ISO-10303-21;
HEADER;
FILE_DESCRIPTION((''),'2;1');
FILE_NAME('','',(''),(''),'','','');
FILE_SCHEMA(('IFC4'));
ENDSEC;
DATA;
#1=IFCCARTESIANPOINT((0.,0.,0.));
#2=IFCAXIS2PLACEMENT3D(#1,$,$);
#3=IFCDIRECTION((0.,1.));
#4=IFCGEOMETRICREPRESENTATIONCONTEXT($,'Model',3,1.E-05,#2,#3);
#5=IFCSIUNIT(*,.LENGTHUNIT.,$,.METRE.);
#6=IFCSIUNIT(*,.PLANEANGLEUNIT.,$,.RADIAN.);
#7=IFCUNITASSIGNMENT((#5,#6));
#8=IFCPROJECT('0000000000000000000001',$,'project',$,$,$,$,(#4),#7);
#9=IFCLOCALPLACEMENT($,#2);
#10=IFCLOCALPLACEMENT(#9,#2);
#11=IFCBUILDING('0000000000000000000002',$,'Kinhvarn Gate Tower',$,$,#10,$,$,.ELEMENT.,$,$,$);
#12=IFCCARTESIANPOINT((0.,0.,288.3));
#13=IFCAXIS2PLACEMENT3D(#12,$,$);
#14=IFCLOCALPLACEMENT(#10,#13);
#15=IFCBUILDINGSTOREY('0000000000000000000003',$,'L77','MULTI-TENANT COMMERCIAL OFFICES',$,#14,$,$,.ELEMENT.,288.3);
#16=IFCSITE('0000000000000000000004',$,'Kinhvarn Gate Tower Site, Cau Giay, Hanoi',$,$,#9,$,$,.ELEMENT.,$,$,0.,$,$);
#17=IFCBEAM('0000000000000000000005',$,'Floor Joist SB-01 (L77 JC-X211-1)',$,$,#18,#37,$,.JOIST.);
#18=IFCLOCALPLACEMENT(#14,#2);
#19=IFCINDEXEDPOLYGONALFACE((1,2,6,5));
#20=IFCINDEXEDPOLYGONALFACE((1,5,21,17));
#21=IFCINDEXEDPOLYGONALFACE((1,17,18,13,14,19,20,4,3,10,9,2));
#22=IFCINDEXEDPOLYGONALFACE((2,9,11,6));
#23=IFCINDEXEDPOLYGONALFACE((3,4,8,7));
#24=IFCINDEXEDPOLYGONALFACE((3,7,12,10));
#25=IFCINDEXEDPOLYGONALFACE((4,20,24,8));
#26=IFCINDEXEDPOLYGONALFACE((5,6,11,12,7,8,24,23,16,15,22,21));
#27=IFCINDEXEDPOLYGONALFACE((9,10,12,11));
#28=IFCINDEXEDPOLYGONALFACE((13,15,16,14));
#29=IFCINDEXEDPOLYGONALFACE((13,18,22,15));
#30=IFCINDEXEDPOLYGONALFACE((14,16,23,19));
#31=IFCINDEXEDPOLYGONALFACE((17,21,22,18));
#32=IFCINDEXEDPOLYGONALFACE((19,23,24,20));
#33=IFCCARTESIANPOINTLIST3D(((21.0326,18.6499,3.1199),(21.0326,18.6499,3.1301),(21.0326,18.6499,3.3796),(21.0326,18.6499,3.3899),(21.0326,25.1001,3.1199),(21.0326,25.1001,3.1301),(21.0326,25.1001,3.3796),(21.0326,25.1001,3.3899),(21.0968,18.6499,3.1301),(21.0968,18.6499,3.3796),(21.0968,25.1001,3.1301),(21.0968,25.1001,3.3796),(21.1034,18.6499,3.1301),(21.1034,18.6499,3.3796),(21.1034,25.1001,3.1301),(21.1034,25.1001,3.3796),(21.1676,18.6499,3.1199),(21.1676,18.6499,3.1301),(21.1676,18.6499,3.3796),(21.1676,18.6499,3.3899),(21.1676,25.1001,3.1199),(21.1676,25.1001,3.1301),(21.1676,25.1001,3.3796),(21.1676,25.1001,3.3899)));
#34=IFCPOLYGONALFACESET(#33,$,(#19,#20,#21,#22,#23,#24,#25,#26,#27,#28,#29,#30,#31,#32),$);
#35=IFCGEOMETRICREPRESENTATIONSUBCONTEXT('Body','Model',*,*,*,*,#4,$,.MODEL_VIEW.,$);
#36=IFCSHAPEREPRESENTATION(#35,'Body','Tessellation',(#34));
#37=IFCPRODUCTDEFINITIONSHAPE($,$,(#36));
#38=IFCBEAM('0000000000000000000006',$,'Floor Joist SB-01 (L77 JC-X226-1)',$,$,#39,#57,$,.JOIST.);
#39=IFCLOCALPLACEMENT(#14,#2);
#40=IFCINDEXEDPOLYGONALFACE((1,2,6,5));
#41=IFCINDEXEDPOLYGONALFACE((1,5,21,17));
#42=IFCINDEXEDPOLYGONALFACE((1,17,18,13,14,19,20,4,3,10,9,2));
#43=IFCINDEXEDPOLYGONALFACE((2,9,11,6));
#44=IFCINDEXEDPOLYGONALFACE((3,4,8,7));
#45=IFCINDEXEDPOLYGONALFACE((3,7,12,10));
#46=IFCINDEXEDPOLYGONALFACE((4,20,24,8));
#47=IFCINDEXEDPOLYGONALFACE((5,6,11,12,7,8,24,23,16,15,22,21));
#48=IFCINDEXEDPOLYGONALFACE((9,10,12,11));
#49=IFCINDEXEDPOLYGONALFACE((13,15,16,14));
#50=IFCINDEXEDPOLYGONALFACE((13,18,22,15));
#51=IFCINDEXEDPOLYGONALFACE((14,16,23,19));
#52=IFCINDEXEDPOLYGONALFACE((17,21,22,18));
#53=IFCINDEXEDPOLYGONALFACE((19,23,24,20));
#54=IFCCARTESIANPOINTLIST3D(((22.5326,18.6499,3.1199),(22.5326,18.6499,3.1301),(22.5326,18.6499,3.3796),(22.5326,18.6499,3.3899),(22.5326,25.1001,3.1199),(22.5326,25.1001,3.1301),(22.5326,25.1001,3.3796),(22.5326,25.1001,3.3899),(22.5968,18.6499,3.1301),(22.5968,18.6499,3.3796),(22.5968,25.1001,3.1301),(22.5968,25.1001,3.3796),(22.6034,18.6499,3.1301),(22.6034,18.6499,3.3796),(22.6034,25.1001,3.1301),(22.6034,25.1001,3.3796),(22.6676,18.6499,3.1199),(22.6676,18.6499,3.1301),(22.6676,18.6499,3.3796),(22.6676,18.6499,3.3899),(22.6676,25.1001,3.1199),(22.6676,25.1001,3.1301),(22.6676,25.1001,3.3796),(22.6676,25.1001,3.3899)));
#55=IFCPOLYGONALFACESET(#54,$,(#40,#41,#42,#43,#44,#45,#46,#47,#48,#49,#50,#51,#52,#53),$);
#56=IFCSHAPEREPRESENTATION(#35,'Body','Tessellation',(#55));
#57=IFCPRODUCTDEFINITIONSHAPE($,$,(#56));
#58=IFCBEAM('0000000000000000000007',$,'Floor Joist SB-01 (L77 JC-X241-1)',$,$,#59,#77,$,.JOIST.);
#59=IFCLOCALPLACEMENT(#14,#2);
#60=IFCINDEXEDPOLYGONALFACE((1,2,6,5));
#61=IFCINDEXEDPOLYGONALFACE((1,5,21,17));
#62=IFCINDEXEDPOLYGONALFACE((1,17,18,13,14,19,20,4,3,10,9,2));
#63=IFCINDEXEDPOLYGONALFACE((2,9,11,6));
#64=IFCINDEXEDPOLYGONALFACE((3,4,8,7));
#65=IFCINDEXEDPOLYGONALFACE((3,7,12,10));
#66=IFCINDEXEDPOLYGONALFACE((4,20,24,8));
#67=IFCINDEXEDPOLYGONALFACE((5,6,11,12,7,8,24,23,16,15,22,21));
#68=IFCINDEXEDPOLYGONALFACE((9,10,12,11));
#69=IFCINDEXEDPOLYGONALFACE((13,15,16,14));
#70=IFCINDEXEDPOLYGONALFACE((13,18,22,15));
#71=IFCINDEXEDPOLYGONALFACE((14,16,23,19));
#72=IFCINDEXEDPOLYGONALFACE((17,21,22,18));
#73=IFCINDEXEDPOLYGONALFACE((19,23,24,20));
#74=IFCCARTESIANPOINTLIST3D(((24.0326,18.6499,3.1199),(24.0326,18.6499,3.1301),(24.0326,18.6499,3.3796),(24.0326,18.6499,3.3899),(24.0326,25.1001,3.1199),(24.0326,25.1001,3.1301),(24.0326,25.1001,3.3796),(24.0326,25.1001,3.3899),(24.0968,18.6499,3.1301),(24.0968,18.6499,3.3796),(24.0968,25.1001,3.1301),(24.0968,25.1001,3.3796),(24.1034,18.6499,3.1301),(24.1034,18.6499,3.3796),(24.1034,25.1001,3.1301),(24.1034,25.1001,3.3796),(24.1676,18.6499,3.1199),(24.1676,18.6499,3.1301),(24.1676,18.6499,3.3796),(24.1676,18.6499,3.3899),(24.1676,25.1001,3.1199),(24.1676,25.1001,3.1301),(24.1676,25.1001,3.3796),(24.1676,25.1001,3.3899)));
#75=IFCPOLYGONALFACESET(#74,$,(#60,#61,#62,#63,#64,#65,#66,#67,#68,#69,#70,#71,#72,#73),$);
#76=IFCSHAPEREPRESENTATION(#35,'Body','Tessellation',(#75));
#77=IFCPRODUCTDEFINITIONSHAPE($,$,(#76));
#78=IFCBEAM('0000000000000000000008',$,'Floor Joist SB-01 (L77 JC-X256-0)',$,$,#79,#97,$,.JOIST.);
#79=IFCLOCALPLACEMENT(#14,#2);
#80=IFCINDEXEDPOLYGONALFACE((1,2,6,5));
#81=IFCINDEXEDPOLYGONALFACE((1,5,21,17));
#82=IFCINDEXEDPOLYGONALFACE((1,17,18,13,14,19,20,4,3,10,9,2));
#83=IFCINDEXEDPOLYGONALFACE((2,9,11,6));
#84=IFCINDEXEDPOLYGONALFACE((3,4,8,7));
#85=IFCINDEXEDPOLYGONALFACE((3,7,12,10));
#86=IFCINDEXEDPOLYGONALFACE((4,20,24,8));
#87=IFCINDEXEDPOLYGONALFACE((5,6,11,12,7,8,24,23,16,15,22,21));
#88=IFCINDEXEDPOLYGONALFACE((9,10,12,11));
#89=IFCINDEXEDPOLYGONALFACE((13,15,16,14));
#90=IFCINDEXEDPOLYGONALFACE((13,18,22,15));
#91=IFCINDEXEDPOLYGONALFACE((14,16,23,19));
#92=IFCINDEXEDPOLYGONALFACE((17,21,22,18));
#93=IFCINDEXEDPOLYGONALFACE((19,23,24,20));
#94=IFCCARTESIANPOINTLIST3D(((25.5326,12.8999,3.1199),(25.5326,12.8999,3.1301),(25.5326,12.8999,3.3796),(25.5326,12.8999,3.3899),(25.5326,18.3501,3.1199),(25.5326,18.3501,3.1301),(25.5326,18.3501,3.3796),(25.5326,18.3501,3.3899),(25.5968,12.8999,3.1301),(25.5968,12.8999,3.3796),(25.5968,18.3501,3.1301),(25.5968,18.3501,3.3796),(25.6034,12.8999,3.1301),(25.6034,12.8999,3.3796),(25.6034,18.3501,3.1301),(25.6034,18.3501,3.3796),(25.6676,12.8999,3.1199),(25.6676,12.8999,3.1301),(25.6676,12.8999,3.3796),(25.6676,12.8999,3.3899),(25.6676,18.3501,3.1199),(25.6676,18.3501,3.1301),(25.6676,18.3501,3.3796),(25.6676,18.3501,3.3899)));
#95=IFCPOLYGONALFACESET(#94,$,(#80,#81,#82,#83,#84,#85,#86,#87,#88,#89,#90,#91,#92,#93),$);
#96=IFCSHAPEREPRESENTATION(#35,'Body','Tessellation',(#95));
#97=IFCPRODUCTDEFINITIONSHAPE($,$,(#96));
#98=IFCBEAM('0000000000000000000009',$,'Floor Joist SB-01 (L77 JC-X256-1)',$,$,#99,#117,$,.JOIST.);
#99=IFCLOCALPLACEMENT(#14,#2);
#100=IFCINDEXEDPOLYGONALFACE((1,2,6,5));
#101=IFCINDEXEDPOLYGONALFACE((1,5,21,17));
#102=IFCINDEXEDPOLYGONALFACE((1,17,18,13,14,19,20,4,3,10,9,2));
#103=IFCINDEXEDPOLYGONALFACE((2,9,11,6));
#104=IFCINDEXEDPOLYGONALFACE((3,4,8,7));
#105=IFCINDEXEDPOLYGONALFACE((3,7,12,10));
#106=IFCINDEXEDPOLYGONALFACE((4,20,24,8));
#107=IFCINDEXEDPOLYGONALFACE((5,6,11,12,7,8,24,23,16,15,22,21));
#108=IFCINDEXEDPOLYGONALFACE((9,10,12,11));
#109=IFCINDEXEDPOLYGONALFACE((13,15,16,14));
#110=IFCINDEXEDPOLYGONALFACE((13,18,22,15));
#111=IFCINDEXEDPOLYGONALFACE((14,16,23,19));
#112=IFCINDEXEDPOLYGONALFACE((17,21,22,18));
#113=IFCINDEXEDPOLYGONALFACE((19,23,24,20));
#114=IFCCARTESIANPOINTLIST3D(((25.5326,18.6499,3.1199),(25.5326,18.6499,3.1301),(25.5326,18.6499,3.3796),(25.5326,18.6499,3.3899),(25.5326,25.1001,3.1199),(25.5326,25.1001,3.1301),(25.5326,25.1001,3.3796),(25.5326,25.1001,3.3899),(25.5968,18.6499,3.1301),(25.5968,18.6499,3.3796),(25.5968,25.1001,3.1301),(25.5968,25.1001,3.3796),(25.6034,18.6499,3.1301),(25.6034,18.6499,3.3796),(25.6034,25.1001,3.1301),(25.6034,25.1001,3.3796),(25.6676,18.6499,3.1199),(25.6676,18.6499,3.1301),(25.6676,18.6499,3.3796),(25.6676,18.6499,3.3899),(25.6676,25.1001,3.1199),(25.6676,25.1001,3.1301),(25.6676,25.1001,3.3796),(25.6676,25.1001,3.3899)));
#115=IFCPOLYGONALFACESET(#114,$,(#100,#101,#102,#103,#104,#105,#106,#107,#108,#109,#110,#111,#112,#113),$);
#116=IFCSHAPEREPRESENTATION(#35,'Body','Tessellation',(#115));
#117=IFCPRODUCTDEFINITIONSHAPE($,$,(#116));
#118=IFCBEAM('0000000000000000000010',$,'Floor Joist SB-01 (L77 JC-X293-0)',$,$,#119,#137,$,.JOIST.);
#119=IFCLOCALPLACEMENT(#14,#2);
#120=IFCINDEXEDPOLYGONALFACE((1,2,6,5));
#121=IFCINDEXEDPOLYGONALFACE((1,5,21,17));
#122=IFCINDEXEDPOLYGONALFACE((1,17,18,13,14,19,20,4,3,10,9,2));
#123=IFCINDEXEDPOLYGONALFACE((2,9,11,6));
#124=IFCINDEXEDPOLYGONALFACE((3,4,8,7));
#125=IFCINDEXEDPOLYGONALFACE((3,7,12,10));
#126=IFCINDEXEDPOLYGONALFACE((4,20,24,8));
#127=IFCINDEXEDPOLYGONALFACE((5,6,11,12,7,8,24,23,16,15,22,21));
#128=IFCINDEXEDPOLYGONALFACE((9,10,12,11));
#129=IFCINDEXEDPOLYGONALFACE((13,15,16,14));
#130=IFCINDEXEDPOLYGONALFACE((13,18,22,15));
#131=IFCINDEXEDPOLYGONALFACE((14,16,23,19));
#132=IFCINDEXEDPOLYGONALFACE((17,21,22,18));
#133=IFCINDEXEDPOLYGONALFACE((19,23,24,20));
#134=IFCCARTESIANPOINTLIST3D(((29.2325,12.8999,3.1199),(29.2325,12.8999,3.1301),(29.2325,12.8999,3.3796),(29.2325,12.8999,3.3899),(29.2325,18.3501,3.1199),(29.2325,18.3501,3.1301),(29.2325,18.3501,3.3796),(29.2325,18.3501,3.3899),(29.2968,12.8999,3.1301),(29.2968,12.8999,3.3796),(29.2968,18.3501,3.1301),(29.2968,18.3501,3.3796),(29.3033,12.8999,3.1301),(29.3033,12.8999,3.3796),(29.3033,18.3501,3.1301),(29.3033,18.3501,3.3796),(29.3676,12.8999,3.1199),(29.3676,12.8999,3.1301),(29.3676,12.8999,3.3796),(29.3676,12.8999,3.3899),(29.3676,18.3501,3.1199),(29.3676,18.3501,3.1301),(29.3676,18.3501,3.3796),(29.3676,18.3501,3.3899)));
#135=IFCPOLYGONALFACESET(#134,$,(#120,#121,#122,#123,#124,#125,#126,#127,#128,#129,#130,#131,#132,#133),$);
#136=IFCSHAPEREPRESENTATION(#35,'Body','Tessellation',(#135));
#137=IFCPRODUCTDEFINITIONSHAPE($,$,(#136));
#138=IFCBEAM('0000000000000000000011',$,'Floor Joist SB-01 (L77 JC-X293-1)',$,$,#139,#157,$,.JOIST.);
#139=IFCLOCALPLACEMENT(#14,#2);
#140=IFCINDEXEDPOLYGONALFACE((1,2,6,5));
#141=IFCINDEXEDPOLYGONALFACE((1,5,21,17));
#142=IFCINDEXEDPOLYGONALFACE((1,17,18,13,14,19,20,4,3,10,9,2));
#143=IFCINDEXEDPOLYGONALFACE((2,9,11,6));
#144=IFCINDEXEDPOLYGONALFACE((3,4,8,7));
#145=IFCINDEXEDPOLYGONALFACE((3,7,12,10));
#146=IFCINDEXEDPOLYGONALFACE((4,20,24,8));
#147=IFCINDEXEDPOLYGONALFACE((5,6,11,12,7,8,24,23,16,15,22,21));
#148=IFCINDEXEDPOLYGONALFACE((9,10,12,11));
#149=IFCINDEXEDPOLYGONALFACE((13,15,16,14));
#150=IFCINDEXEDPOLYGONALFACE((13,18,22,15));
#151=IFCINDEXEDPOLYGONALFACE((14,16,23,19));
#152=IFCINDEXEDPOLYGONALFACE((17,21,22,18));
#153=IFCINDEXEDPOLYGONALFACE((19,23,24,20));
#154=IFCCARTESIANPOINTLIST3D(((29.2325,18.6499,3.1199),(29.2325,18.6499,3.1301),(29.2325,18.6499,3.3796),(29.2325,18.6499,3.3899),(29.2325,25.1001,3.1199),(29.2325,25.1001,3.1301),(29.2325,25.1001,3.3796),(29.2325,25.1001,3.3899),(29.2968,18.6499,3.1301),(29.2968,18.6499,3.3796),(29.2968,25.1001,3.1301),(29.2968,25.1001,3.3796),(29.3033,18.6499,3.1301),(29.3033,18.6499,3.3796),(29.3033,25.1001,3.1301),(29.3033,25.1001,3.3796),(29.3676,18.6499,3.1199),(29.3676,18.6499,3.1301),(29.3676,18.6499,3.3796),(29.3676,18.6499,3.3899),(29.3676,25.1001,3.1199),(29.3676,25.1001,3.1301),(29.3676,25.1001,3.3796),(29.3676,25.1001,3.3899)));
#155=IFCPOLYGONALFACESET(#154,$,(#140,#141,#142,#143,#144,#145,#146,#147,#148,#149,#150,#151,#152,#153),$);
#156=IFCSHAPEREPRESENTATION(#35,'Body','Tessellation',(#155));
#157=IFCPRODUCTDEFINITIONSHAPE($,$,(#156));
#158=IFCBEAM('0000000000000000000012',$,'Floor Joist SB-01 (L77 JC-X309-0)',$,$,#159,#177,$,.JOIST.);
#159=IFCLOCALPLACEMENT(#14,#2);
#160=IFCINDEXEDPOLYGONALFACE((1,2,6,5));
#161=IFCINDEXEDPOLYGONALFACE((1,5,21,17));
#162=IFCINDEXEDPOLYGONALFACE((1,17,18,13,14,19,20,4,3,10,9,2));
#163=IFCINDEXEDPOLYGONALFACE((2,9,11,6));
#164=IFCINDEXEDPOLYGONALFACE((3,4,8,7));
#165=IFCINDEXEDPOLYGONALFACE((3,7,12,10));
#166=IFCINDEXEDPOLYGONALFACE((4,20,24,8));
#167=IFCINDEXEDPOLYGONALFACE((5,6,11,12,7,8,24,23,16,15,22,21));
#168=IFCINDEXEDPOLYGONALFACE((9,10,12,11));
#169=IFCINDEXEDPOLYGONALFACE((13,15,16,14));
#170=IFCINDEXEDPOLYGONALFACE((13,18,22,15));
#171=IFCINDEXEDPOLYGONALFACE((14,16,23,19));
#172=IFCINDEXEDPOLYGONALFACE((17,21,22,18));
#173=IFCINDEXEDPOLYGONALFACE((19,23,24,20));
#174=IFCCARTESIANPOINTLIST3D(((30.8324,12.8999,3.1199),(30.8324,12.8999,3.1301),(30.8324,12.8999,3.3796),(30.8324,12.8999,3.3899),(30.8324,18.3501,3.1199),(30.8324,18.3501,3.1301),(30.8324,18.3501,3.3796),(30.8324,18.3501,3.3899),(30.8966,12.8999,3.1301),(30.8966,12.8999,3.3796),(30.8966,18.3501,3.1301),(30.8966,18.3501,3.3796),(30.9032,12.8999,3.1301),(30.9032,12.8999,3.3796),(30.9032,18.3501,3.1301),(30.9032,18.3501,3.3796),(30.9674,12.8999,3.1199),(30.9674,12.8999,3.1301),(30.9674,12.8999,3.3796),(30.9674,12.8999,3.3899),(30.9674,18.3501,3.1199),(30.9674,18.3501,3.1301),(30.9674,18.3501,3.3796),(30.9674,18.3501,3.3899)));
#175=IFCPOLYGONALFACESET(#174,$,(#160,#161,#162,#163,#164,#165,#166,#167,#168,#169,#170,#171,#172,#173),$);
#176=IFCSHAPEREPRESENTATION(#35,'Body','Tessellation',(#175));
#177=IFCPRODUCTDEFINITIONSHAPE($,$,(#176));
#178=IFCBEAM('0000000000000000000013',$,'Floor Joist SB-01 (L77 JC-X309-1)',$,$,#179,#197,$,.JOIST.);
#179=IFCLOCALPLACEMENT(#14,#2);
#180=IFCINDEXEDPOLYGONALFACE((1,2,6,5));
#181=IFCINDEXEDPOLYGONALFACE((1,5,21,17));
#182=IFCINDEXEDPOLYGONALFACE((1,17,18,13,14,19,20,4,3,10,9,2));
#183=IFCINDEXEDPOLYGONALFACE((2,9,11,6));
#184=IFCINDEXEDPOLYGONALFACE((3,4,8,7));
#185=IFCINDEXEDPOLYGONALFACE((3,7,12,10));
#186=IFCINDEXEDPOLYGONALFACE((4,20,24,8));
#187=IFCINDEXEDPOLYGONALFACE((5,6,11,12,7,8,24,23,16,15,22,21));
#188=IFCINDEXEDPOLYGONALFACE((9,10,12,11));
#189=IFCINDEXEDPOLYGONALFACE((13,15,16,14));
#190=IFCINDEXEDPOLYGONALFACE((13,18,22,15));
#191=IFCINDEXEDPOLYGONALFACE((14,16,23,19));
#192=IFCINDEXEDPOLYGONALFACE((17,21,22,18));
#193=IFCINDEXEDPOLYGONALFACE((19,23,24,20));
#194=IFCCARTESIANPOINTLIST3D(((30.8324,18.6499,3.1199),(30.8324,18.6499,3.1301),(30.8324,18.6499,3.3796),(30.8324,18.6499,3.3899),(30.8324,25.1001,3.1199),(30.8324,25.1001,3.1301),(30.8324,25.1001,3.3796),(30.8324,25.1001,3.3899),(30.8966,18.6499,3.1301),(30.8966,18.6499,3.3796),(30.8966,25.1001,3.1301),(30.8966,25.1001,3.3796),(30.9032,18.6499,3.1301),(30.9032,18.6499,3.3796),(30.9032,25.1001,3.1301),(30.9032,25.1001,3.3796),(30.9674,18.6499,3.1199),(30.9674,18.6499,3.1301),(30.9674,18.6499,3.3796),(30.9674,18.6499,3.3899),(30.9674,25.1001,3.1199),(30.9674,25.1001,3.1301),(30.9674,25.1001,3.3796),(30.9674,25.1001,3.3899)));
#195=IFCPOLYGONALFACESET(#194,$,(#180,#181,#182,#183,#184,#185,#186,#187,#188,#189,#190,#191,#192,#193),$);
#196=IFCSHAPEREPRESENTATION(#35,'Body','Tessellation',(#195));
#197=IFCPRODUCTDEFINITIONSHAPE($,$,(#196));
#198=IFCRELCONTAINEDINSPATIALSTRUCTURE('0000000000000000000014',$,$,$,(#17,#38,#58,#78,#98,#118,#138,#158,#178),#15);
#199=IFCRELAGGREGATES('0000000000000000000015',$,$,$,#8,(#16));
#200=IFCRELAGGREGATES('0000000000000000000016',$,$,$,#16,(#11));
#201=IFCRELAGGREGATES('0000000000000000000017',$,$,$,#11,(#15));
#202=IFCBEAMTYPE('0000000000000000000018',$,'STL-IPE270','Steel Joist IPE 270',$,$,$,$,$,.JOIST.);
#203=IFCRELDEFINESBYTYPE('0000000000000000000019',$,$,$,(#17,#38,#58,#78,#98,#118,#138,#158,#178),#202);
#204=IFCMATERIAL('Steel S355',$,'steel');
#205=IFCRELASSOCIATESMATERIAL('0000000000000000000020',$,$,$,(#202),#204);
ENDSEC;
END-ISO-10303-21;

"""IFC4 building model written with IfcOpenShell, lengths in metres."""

from ifc_helpers import new_model, si_unit, direction, frame, origin, origin_2d, place, context, subcontext, project, spatial, i_section, extrude, material, material_profile, profile_set, type_object, element, save


model = new_model("IFC4")

# Units and contexts
model_context = context("Model", 3, precision=1e-05, world=origin(), true_north=direction((0.0, 1.0)))
body_context = subcontext(model_context, "Body", "Model", "MODEL_VIEW")
ifc_project = project(units=[si_unit("LENGTHUNIT", "METRE"), si_unit("PLANEANGLEUNIT", "RADIAN")], contexts=[model_context])

# Site, building, storey
site_placement = place(None, origin())
site = spatial("IfcSite", under=ifc_project, at=site_placement, Name="Kinhvarn Gate Tower Site, Cau Giay, Hanoi", CompositionType="ELEMENT", RefElevation=0.0)
building_placement = place(site_placement, origin())
building = spatial("IfcBuilding", under=site, at=building_placement, Name="Kinhvarn Gate Tower", CompositionType="ELEMENT")
storey_placement = place(building_placement, frame((0.0, 0.0, 288.3)))
storey = spatial("IfcBuildingStorey", under=building, at=storey_placement, Name="L77", Description="MULTI-TENANT COMMERCIAL OFFICES", CompositionType="ELEMENT", Elevation=288.3)

# Beams
ifc_material_1 = material(Name="Steel S355", Category="steel")
ifc_material_profile = material_profile(ifc_material_1, i_section(OverallWidth=0.135, OverallDepth=0.27, WebThickness=0.0066, FlangeThickness=0.0103, at=origin_2d()), Name="IPE 270")
ifc_profile_set = profile_set([ifc_material_profile], Name="Steel S355")
beam_type = type_object("IfcBeamType", Name="STL-IPE270", Description="Steel Joist IPE 270", PredefinedType="JOIST", material=ifc_profile_set)
for number, where, z_axis, x_axis, name in (
    (1, (21.1001, 18.6499, 3.2549), (0.0, 1.0, 0.0), (-1.0, 0.0, 0.0), "Floor Joist SB-01 (L77 JC-X211-1)"),
    (2, (22.6001, 18.6499, 3.2549), (0.0, 1.0, 0.0), (-1.0, 0.0, 0.0), "Floor Joist SB-01 (L77 JC-X226-1)"),
    (3, (24.1001, 18.6499, 3.2549), (0.0, 1.0, 0.0), (-1.0, 0.0, 0.0), "Floor Joist SB-01 (L77 JC-X241-1)"),
):
    element("IfcBeam", number, at=place(storey_placement, frame(where, z_axis=z_axis, x_axis=x_axis)), inside=storey, type_object=beam_type, Name=name, PredefinedType="JOIST", context=body_context, shape_type="SweptSolid", body=[
        extrude(i_section(OverallWidth=0.135, OverallDepth=0.27, WebThickness=0.0066, FlangeThickness=0.0103, at=origin_2d()), origin(), (0.0, 0.0, 1.0), 6.4502),
    ])
beam_1_placement = place(storey_placement, frame((25.6001, 12.8999, 3.2549), z_axis=(0.0, 1.0, 0.0), x_axis=(-1.0, 0.0, 0.0)))
element("IfcBeam", 4, at=beam_1_placement, inside=storey, type_object=beam_type, Name="Floor Joist SB-01 (L77 JC-X256-0)", PredefinedType="JOIST", context=body_context, shape_type="SweptSolid", body=[
    extrude(i_section(OverallWidth=0.135, OverallDepth=0.27, WebThickness=0.0066, FlangeThickness=0.0103, at=origin_2d()), origin(), (0.0, 0.0, 1.0), 5.4502),
])
beam_2_placement = place(storey_placement, frame((25.6001, 18.6499, 3.2549), z_axis=(0.0, 1.0, 0.0), x_axis=(-1.0, 0.0, 0.0)))
element("IfcBeam", 5, at=beam_2_placement, inside=storey, type_object=beam_type, Name="Floor Joist SB-01 (L77 JC-X256-1)", PredefinedType="JOIST", context=body_context, shape_type="SweptSolid", body=[
    extrude(i_section(OverallWidth=0.135, OverallDepth=0.27, WebThickness=0.0066, FlangeThickness=0.0103, at=origin_2d()), origin(), (0.0, 0.0, 1.0), 6.4502),
])
beam_3_placement = place(storey_placement, frame((29.3, 12.8999, 3.2549), z_axis=(0.0, 1.0, 0.0), x_axis=(-1.0, 0.0, 0.0)))
element("IfcBeam", 6, at=beam_3_placement, inside=storey, type_object=beam_type, Name="Floor Joist SB-01 (L77 JC-X293-0)", PredefinedType="JOIST", context=body_context, shape_type="SweptSolid", body=[
    extrude(i_section(OverallWidth=0.135, OverallDepth=0.27, WebThickness=0.0066, FlangeThickness=0.0103, at=origin_2d()), origin(), (0.0, 0.0, 1.0), 5.4502),
])
beam_4_placement = place(storey_placement, frame((29.3, 18.6499, 3.2549), z_axis=(0.0, 1.0, 0.0), x_axis=(-1.0, 0.0, 0.0)))
element("IfcBeam", 7, at=beam_4_placement, inside=storey, type_object=beam_type, Name="Floor Joist SB-01 (L77 JC-X293-1)", PredefinedType="JOIST", context=body_context, shape_type="SweptSolid", body=[
    extrude(i_section(OverallWidth=0.135, OverallDepth=0.27, WebThickness=0.0066, FlangeThickness=0.0103, at=origin_2d()), origin(), (0.0, 0.0, 1.0), 6.4502),
])
beam_5_placement = place(storey_placement, frame((30.8999, 12.8999, 3.2549), z_axis=(0.0, 1.0, 0.0), x_axis=(-1.0, 0.0, 0.0)))
element("IfcBeam", 8, at=beam_5_placement, inside=storey, type_object=beam_type, Name="Floor Joist SB-01 (L77 JC-X309-0)", PredefinedType="JOIST", context=body_context, shape_type="SweptSolid", body=[
    extrude(i_section(OverallWidth=0.135, OverallDepth=0.27, WebThickness=0.0066, FlangeThickness=0.0103, at=origin_2d()), origin(), (0.0, 0.0, 1.0), 5.4502),
])
beam_6_placement = place(storey_placement, frame((30.8999, 18.6499, 3.2549), z_axis=(0.0, 1.0, 0.0), x_axis=(-1.0, 0.0, 0.0)))
element("IfcBeam", 9, at=beam_6_placement, inside=storey, type_object=beam_type, Name="Floor Joist SB-01 (L77 JC-X309-1)", PredefinedType="JOIST", context=body_context, shape_type="SweptSolid", body=[
    extrude(i_section(OverallWidth=0.135, OverallDepth=0.27, WebThickness=0.0066, FlangeThickness=0.0103, at=origin_2d()), origin(), (0.0, 0.0, 1.0), 6.4502),
])

save(model, "model.ifc")
